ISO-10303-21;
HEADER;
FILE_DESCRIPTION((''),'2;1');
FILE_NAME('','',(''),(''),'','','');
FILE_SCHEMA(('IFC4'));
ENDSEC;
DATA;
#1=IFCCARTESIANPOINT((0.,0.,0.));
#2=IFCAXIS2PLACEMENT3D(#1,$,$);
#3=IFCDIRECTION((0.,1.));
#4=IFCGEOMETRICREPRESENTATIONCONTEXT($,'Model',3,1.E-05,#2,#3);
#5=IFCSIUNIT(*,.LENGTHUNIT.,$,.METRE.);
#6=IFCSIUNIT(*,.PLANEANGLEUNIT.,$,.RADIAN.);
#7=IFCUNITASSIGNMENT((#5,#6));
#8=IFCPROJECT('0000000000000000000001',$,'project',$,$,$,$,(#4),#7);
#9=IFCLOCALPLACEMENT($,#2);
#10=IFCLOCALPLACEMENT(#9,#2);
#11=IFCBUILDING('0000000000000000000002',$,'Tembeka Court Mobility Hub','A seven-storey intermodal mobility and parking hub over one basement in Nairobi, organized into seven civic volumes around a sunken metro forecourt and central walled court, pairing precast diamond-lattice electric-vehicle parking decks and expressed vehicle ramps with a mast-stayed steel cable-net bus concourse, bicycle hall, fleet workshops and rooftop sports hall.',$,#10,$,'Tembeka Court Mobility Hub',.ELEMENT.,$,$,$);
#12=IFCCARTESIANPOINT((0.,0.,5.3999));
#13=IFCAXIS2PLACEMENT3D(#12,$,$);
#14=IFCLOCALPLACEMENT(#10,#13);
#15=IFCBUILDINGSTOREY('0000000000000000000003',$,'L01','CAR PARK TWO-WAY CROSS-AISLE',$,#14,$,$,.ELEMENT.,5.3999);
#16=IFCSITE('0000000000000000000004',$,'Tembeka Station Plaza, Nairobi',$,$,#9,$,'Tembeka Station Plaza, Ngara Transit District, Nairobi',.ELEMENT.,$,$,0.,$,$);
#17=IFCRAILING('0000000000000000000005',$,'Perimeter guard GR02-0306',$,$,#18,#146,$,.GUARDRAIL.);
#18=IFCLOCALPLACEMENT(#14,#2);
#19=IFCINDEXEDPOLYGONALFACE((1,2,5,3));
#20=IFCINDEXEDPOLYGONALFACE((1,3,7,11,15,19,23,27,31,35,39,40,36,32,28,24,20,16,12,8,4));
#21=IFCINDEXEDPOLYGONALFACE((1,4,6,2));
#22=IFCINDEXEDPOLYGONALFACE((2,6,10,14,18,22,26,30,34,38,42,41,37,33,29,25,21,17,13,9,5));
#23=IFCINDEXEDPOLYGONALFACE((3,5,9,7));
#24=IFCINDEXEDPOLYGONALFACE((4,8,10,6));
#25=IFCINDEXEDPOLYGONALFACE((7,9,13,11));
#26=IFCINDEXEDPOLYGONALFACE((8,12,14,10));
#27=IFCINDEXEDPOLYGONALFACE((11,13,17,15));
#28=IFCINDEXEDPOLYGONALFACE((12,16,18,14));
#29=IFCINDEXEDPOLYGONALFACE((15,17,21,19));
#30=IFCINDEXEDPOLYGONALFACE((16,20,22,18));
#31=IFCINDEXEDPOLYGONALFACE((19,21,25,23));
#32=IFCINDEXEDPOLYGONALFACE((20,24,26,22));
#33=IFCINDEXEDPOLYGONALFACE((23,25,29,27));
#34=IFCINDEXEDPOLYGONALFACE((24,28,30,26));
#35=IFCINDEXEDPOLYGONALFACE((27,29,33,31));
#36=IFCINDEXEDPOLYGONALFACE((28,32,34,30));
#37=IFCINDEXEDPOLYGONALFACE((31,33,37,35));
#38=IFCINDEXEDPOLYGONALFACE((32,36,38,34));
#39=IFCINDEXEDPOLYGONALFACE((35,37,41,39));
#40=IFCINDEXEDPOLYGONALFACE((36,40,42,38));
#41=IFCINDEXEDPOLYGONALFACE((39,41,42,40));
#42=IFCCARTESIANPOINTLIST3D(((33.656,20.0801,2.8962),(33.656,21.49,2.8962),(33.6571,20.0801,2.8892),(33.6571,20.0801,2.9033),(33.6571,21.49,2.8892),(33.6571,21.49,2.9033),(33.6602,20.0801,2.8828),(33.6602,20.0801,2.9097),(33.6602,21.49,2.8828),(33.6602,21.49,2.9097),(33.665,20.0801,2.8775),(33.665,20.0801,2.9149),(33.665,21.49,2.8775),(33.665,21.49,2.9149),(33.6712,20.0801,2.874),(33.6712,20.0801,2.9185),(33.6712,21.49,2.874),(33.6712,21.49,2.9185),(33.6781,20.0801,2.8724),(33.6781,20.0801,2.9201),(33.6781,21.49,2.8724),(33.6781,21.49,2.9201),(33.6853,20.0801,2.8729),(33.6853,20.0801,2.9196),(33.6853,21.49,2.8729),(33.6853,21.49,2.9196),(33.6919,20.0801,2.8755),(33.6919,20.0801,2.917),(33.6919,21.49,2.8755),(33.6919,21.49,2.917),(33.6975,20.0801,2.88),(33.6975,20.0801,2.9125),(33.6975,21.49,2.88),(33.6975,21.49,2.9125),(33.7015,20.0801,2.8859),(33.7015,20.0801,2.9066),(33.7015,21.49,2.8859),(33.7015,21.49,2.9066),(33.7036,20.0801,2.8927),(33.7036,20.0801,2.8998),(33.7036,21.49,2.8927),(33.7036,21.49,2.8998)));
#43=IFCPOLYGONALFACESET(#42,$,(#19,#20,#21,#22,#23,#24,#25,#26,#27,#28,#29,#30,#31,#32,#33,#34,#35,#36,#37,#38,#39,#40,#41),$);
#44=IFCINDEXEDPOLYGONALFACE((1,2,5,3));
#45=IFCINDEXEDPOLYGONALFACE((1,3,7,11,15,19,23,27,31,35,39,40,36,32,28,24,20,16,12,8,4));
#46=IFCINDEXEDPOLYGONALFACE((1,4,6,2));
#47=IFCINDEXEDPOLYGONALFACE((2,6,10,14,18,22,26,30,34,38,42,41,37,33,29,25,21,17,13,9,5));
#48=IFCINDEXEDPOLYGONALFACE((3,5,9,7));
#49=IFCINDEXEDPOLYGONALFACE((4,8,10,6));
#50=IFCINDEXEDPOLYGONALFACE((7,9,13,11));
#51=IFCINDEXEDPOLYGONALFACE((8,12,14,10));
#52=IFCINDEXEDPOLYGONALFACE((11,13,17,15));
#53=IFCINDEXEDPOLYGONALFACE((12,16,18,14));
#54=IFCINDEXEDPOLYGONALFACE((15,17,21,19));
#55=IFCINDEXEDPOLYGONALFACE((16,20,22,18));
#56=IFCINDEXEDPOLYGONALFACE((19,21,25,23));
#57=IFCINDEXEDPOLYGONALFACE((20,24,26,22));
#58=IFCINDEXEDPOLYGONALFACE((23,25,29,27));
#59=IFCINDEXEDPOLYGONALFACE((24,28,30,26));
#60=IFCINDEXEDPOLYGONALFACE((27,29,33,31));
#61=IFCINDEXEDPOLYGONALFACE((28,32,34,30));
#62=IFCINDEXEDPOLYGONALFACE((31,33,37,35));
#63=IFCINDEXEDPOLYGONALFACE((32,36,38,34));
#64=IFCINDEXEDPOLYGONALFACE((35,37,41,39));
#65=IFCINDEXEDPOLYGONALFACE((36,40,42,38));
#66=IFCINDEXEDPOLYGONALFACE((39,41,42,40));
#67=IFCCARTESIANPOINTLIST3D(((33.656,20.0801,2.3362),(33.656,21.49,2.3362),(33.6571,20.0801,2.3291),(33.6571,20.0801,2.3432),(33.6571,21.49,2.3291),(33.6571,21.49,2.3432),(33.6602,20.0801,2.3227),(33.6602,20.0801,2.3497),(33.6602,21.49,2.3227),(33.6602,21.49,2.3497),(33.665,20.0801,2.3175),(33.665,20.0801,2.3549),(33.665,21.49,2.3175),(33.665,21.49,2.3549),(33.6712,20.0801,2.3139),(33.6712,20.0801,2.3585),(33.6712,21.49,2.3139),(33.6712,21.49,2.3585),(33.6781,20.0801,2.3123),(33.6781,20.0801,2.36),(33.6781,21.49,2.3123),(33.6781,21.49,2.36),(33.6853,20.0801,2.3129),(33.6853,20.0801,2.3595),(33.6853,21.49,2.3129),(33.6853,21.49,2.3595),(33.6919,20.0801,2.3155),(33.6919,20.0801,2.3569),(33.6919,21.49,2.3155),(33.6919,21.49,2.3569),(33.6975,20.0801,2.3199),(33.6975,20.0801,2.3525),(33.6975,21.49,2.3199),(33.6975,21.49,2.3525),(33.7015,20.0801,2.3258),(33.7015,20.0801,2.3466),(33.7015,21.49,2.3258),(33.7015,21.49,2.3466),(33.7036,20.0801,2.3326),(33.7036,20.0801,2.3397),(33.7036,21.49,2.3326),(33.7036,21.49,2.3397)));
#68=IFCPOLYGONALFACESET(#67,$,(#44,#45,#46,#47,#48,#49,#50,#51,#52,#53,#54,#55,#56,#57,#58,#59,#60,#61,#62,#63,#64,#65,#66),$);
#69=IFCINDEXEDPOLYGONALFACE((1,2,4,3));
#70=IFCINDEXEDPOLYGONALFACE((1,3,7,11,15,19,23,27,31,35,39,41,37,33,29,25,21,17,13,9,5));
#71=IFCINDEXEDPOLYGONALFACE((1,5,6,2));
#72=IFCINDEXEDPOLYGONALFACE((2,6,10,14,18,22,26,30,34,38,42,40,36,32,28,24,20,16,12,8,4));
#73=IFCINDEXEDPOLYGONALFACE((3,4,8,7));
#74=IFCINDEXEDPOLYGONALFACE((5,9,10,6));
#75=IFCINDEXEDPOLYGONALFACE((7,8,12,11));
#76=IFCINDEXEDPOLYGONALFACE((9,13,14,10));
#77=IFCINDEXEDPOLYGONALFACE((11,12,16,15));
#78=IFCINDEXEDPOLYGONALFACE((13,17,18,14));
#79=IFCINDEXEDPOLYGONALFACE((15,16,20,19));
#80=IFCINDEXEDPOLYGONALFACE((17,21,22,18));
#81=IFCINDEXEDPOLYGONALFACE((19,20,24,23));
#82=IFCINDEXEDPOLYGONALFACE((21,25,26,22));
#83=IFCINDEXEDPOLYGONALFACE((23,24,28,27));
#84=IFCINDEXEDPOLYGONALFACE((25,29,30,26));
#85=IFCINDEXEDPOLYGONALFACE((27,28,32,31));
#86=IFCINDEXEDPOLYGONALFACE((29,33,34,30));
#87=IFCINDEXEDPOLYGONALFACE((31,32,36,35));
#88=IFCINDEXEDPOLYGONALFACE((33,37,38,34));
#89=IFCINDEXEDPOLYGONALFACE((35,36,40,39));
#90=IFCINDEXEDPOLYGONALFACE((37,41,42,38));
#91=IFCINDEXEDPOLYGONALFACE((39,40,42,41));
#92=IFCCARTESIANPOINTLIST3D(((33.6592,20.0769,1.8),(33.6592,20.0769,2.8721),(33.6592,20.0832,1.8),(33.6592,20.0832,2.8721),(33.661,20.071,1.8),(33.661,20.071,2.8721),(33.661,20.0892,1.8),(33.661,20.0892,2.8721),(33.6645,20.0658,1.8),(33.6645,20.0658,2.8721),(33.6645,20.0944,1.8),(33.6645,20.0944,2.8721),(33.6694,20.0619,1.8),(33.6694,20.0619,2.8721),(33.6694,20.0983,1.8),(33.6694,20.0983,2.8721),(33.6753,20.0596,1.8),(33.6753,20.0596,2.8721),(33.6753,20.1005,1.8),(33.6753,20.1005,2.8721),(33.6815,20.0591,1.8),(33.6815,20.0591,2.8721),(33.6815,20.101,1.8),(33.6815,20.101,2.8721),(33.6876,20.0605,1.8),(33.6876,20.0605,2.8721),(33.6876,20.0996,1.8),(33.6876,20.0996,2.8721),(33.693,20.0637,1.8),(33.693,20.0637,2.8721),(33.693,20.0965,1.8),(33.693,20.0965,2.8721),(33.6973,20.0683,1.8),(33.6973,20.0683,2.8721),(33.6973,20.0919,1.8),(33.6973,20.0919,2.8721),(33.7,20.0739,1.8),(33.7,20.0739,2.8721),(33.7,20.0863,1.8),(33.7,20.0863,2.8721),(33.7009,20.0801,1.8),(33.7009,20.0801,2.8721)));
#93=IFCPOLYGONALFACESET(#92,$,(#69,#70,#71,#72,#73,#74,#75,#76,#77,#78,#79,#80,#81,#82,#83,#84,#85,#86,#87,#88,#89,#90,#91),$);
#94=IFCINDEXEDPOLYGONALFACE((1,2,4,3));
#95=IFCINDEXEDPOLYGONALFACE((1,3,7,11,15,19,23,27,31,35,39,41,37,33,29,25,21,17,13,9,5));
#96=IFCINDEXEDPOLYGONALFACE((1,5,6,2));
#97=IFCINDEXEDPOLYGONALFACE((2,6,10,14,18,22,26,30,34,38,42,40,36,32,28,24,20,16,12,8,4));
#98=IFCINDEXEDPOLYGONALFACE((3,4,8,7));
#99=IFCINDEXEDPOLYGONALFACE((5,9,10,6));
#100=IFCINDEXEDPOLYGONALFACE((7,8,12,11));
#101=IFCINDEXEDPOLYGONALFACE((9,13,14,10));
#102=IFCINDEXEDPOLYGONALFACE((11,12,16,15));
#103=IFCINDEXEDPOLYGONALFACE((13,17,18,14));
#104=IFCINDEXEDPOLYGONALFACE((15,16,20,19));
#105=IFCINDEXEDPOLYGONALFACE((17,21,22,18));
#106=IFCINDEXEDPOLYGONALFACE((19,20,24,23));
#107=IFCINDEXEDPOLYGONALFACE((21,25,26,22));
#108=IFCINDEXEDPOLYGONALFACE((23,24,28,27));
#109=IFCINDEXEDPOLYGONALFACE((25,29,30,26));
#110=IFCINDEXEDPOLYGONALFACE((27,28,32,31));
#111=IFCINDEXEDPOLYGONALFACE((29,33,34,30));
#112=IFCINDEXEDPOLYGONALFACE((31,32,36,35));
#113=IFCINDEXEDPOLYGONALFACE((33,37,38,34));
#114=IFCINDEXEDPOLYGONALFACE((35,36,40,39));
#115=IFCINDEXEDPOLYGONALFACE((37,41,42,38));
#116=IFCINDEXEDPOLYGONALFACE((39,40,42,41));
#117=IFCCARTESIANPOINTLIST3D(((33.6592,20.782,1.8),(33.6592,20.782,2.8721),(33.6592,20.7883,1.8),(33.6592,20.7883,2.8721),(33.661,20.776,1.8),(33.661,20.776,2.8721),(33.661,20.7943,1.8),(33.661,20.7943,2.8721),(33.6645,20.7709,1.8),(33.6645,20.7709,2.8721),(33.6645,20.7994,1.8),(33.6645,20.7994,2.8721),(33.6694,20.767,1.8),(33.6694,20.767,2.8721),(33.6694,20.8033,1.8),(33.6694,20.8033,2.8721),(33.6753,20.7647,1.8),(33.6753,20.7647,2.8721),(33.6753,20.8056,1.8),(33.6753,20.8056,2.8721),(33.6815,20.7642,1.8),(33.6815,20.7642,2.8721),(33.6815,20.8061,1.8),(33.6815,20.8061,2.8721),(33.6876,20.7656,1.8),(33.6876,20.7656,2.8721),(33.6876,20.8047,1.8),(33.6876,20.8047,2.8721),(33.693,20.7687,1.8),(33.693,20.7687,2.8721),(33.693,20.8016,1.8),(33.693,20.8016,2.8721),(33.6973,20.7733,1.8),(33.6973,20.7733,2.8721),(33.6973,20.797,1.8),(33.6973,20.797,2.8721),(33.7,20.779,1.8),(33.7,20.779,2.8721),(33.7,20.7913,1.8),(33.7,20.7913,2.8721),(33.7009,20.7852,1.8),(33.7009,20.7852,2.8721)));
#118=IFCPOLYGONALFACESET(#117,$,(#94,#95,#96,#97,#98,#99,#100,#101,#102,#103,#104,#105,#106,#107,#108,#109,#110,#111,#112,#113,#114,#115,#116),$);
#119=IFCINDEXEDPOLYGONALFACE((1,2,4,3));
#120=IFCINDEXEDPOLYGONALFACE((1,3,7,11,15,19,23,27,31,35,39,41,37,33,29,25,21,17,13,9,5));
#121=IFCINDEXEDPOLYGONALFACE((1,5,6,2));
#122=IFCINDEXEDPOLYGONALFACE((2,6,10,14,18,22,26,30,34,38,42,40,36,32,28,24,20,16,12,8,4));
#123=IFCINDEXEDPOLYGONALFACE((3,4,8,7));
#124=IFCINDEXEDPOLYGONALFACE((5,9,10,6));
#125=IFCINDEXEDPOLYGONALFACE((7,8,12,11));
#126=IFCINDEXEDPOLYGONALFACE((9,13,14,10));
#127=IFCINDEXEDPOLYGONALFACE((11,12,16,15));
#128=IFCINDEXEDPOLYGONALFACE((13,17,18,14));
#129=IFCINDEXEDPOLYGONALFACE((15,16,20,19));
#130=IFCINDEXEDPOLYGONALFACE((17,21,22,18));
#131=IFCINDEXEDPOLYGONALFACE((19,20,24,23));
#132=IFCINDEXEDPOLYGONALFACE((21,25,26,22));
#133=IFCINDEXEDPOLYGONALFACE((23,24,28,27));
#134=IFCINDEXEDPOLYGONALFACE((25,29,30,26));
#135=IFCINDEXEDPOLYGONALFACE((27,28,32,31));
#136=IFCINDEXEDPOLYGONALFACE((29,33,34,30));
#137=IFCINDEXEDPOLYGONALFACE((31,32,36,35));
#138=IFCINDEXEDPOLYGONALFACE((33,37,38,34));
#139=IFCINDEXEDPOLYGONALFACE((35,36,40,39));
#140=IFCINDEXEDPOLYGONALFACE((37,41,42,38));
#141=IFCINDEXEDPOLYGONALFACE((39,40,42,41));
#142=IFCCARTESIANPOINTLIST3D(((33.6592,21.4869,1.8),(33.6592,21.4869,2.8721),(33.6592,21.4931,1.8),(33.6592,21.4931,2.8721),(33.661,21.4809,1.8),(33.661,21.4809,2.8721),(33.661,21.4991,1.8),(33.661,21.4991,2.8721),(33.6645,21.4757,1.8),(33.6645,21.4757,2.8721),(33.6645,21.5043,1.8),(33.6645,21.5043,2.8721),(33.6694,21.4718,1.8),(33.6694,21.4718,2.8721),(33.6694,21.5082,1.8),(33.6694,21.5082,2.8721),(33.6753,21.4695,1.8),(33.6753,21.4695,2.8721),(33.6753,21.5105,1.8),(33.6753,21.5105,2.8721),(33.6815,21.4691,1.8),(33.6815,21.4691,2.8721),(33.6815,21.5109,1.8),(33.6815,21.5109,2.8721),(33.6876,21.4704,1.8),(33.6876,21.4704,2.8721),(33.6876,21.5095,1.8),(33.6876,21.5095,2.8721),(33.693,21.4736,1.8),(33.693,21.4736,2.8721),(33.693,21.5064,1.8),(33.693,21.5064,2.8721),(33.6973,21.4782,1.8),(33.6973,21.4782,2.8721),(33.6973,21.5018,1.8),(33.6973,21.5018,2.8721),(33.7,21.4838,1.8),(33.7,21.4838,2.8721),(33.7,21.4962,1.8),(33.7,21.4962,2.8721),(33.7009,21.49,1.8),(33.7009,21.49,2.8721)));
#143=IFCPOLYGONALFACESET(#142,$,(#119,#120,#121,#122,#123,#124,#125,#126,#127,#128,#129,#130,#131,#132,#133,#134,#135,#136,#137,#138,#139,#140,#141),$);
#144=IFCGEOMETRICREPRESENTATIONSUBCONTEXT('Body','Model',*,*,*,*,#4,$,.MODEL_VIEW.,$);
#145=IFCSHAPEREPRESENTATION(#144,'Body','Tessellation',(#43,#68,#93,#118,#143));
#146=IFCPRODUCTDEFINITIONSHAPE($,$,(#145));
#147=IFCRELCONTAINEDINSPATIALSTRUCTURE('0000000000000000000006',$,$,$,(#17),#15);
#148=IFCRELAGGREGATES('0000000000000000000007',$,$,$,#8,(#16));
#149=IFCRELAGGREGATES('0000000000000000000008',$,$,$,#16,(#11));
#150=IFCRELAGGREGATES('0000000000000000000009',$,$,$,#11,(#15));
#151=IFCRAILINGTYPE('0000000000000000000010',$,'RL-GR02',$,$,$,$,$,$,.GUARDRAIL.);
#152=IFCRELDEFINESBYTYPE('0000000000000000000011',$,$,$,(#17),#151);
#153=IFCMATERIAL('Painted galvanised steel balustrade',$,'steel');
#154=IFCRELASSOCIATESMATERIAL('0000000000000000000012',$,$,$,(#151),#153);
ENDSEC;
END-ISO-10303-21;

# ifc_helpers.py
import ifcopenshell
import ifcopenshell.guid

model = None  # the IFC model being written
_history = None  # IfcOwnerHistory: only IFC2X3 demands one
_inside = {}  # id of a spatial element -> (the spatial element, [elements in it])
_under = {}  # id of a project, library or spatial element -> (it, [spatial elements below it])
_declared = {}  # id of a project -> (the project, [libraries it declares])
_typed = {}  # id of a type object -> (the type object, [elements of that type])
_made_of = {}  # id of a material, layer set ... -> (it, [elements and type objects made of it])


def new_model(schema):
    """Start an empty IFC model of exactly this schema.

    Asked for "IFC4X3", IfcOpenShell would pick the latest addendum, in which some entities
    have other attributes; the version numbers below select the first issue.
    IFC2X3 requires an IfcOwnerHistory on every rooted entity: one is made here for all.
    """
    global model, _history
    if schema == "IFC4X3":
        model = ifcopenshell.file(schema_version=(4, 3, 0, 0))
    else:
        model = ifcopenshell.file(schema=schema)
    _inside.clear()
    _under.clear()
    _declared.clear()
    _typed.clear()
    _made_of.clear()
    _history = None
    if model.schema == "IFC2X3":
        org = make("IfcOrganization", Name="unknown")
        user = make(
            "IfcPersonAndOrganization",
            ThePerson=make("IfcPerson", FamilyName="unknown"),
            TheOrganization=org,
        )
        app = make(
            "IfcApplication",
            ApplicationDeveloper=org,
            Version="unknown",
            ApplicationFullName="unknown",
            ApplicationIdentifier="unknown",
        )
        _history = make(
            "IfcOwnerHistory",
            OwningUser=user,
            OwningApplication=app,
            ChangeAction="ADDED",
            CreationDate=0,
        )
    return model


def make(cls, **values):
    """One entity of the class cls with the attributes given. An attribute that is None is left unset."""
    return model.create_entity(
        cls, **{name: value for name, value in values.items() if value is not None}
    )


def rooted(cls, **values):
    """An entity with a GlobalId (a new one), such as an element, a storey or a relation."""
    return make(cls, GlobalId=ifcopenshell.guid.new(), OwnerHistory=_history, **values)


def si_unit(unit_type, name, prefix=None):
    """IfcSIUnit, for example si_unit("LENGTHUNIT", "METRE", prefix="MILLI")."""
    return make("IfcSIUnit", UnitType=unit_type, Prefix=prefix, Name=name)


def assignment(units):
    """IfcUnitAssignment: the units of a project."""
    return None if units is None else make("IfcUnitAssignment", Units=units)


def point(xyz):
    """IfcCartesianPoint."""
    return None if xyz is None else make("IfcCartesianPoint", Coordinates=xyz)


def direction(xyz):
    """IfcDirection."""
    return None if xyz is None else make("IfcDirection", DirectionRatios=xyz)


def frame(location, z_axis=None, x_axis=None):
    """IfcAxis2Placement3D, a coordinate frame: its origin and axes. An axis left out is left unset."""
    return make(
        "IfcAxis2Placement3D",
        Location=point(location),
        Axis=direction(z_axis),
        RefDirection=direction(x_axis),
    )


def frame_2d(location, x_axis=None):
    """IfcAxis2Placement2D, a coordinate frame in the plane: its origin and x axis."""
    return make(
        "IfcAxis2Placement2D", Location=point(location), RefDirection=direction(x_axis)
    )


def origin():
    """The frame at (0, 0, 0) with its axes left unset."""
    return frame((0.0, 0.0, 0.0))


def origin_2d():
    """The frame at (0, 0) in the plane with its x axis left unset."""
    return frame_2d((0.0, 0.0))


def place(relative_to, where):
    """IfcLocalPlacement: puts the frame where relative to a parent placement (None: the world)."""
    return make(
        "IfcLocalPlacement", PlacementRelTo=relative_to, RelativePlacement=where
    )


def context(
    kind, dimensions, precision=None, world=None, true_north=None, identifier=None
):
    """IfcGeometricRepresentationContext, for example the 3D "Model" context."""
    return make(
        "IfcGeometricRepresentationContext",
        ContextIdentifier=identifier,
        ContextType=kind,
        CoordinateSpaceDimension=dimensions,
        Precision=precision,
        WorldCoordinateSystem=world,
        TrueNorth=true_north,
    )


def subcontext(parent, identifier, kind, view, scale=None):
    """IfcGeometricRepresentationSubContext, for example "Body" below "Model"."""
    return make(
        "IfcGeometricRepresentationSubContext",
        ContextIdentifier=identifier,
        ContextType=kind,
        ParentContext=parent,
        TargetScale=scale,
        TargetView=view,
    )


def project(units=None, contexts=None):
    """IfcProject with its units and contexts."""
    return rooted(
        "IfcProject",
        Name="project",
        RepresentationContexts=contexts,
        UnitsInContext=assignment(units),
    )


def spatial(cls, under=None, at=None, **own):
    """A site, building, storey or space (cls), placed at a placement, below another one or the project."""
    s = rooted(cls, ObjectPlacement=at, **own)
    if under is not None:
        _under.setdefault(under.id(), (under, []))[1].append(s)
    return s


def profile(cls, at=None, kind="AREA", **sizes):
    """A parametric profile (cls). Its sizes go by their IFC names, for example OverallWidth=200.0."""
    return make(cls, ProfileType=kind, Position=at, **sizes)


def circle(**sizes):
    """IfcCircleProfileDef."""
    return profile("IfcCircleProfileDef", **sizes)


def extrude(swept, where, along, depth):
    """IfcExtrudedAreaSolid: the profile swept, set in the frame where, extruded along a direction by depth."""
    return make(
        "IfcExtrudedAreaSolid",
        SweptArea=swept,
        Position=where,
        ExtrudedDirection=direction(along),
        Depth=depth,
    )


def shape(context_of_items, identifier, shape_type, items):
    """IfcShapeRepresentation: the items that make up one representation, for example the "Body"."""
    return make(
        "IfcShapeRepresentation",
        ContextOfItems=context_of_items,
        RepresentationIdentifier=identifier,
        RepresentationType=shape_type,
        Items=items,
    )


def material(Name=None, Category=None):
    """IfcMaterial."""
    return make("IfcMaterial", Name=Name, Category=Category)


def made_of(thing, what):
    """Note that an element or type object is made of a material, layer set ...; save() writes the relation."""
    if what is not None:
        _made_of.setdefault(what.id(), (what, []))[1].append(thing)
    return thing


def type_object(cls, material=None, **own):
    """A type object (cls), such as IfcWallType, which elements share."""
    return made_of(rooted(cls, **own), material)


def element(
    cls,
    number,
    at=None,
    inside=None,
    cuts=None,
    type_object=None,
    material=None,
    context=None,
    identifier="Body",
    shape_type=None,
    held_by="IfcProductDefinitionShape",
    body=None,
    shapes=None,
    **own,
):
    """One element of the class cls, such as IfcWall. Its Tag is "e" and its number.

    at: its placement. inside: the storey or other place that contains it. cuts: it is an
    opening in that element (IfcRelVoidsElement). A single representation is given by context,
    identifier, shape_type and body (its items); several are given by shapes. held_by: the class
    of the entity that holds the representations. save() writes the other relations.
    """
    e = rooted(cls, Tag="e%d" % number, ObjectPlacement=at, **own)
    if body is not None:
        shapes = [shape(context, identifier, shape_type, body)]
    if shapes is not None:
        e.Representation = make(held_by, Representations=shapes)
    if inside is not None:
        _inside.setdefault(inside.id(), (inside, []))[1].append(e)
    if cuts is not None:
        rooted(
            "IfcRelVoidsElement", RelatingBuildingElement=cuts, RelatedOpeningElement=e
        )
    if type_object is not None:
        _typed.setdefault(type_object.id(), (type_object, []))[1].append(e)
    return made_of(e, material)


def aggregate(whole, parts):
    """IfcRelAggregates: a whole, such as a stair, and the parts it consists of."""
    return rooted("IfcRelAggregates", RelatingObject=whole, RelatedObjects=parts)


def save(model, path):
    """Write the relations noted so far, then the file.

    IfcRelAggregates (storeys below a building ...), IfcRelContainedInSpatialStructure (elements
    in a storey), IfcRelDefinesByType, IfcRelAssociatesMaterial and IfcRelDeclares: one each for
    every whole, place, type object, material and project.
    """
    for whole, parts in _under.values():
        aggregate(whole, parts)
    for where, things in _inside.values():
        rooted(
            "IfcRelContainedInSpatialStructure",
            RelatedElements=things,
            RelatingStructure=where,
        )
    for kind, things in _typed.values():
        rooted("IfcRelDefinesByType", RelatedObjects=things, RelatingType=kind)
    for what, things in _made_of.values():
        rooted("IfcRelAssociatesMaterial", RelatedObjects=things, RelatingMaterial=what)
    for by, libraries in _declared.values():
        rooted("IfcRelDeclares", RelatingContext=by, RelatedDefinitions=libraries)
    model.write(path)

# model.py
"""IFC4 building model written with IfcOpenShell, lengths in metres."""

from ifc_helpers import new_model, si_unit, direction, frame, origin, origin_2d, place, context, subcontext, project, spatial, circle, extrude, material, type_object, element, save


model = new_model("IFC4")

# Units and contexts
model_context = context("Model", 3, precision=1e-05, world=origin(), true_north=direction((0.0, 1.0)))
body_context = subcontext(model_context, "Body", "Model", "MODEL_VIEW")
ifc_project = project(units=[si_unit("LENGTHUNIT", "METRE"), si_unit("PLANEANGLEUNIT", "RADIAN")], contexts=[model_context])

# Site, building, storey
site_placement = place(None, origin())
site = spatial("IfcSite", under=ifc_project, at=site_placement, Name="Tembeka Station Plaza, Nairobi", LongName="Tembeka Station Plaza, Ngara Transit District, Nairobi", CompositionType="ELEMENT", RefElevation=0.0)
building_placement = place(site_placement, origin())
building = spatial("IfcBuilding", under=site, at=building_placement, Name="Tembeka Court Mobility Hub", Description="A seven-storey intermodal mobility and parking hub over one basement in Nairobi, organized into seven civic volumes around a sunken metro forecourt and central walled court, pairing precast diamond-lattice electric-vehicle parking decks and expressed vehicle ramps with a mast-stayed steel cable-net bus concourse, bicycle hall, fleet workshops and rooftop sports hall.", LongName="Tembeka Court Mobility Hub", CompositionType="ELEMENT")
storey_placement = place(building_placement, frame((0.0, 0.0, 5.3999)))
storey = spatial("IfcBuildingStorey", under=building, at=storey_placement, Name="L01", Description="CAR PARK TWO-WAY CROSS-AISLE", CompositionType="ELEMENT", Elevation=5.3999)

# Railing
ifc_material_1 = material(Name="Painted galvanised steel balustrade", Category="steel")
railing_type = type_object("IfcRailingType", Name="RL-GR02", PredefinedType="GUARDRAIL", material=ifc_material_1)
railing_1_placement = place(storey_placement, frame((33.6799, 20.0801, 1.8)))
element("IfcRailing", 1, at=railing_1_placement, inside=storey, type_object=railing_type, Name="Perimeter guard GR02-0306", PredefinedType="GUARDRAIL", context=body_context, shape_type="SweptSolid", body=[
    extrude(circle(Radius=0.0239, at=origin_2d()), frame((0.0, 0.0, 1.0962), z_axis=(0.0, 1.0, 0.0), x_axis=(-1.0, 0.0, 0.0)), (0.0, 0.0, 1.0), 1.4099),
    extrude(circle(Radius=0.0239, at=origin_2d()), frame((0.0, 0.0, 0.5361), z_axis=(0.0, 1.0, 0.0), x_axis=(-1.0, 0.0, 0.0)), (0.0, 0.0, 1.0), 1.4099),
    extrude(circle(Radius=0.021, at=origin_2d()), origin(), (0.0, 0.0, 1.0), 1.072),
    extrude(circle(Radius=0.021, at=origin_2d()), frame((0.0, 0.7051, 0.0)), (0.0, 0.0, 1.0), 1.072),
    extrude(circle(Radius=0.021, at=origin_2d()), frame((0.0, 1.4099, 0.0)), (0.0, 0.0, 1.0), 1.072),
])

save(model, "model.ifc")
